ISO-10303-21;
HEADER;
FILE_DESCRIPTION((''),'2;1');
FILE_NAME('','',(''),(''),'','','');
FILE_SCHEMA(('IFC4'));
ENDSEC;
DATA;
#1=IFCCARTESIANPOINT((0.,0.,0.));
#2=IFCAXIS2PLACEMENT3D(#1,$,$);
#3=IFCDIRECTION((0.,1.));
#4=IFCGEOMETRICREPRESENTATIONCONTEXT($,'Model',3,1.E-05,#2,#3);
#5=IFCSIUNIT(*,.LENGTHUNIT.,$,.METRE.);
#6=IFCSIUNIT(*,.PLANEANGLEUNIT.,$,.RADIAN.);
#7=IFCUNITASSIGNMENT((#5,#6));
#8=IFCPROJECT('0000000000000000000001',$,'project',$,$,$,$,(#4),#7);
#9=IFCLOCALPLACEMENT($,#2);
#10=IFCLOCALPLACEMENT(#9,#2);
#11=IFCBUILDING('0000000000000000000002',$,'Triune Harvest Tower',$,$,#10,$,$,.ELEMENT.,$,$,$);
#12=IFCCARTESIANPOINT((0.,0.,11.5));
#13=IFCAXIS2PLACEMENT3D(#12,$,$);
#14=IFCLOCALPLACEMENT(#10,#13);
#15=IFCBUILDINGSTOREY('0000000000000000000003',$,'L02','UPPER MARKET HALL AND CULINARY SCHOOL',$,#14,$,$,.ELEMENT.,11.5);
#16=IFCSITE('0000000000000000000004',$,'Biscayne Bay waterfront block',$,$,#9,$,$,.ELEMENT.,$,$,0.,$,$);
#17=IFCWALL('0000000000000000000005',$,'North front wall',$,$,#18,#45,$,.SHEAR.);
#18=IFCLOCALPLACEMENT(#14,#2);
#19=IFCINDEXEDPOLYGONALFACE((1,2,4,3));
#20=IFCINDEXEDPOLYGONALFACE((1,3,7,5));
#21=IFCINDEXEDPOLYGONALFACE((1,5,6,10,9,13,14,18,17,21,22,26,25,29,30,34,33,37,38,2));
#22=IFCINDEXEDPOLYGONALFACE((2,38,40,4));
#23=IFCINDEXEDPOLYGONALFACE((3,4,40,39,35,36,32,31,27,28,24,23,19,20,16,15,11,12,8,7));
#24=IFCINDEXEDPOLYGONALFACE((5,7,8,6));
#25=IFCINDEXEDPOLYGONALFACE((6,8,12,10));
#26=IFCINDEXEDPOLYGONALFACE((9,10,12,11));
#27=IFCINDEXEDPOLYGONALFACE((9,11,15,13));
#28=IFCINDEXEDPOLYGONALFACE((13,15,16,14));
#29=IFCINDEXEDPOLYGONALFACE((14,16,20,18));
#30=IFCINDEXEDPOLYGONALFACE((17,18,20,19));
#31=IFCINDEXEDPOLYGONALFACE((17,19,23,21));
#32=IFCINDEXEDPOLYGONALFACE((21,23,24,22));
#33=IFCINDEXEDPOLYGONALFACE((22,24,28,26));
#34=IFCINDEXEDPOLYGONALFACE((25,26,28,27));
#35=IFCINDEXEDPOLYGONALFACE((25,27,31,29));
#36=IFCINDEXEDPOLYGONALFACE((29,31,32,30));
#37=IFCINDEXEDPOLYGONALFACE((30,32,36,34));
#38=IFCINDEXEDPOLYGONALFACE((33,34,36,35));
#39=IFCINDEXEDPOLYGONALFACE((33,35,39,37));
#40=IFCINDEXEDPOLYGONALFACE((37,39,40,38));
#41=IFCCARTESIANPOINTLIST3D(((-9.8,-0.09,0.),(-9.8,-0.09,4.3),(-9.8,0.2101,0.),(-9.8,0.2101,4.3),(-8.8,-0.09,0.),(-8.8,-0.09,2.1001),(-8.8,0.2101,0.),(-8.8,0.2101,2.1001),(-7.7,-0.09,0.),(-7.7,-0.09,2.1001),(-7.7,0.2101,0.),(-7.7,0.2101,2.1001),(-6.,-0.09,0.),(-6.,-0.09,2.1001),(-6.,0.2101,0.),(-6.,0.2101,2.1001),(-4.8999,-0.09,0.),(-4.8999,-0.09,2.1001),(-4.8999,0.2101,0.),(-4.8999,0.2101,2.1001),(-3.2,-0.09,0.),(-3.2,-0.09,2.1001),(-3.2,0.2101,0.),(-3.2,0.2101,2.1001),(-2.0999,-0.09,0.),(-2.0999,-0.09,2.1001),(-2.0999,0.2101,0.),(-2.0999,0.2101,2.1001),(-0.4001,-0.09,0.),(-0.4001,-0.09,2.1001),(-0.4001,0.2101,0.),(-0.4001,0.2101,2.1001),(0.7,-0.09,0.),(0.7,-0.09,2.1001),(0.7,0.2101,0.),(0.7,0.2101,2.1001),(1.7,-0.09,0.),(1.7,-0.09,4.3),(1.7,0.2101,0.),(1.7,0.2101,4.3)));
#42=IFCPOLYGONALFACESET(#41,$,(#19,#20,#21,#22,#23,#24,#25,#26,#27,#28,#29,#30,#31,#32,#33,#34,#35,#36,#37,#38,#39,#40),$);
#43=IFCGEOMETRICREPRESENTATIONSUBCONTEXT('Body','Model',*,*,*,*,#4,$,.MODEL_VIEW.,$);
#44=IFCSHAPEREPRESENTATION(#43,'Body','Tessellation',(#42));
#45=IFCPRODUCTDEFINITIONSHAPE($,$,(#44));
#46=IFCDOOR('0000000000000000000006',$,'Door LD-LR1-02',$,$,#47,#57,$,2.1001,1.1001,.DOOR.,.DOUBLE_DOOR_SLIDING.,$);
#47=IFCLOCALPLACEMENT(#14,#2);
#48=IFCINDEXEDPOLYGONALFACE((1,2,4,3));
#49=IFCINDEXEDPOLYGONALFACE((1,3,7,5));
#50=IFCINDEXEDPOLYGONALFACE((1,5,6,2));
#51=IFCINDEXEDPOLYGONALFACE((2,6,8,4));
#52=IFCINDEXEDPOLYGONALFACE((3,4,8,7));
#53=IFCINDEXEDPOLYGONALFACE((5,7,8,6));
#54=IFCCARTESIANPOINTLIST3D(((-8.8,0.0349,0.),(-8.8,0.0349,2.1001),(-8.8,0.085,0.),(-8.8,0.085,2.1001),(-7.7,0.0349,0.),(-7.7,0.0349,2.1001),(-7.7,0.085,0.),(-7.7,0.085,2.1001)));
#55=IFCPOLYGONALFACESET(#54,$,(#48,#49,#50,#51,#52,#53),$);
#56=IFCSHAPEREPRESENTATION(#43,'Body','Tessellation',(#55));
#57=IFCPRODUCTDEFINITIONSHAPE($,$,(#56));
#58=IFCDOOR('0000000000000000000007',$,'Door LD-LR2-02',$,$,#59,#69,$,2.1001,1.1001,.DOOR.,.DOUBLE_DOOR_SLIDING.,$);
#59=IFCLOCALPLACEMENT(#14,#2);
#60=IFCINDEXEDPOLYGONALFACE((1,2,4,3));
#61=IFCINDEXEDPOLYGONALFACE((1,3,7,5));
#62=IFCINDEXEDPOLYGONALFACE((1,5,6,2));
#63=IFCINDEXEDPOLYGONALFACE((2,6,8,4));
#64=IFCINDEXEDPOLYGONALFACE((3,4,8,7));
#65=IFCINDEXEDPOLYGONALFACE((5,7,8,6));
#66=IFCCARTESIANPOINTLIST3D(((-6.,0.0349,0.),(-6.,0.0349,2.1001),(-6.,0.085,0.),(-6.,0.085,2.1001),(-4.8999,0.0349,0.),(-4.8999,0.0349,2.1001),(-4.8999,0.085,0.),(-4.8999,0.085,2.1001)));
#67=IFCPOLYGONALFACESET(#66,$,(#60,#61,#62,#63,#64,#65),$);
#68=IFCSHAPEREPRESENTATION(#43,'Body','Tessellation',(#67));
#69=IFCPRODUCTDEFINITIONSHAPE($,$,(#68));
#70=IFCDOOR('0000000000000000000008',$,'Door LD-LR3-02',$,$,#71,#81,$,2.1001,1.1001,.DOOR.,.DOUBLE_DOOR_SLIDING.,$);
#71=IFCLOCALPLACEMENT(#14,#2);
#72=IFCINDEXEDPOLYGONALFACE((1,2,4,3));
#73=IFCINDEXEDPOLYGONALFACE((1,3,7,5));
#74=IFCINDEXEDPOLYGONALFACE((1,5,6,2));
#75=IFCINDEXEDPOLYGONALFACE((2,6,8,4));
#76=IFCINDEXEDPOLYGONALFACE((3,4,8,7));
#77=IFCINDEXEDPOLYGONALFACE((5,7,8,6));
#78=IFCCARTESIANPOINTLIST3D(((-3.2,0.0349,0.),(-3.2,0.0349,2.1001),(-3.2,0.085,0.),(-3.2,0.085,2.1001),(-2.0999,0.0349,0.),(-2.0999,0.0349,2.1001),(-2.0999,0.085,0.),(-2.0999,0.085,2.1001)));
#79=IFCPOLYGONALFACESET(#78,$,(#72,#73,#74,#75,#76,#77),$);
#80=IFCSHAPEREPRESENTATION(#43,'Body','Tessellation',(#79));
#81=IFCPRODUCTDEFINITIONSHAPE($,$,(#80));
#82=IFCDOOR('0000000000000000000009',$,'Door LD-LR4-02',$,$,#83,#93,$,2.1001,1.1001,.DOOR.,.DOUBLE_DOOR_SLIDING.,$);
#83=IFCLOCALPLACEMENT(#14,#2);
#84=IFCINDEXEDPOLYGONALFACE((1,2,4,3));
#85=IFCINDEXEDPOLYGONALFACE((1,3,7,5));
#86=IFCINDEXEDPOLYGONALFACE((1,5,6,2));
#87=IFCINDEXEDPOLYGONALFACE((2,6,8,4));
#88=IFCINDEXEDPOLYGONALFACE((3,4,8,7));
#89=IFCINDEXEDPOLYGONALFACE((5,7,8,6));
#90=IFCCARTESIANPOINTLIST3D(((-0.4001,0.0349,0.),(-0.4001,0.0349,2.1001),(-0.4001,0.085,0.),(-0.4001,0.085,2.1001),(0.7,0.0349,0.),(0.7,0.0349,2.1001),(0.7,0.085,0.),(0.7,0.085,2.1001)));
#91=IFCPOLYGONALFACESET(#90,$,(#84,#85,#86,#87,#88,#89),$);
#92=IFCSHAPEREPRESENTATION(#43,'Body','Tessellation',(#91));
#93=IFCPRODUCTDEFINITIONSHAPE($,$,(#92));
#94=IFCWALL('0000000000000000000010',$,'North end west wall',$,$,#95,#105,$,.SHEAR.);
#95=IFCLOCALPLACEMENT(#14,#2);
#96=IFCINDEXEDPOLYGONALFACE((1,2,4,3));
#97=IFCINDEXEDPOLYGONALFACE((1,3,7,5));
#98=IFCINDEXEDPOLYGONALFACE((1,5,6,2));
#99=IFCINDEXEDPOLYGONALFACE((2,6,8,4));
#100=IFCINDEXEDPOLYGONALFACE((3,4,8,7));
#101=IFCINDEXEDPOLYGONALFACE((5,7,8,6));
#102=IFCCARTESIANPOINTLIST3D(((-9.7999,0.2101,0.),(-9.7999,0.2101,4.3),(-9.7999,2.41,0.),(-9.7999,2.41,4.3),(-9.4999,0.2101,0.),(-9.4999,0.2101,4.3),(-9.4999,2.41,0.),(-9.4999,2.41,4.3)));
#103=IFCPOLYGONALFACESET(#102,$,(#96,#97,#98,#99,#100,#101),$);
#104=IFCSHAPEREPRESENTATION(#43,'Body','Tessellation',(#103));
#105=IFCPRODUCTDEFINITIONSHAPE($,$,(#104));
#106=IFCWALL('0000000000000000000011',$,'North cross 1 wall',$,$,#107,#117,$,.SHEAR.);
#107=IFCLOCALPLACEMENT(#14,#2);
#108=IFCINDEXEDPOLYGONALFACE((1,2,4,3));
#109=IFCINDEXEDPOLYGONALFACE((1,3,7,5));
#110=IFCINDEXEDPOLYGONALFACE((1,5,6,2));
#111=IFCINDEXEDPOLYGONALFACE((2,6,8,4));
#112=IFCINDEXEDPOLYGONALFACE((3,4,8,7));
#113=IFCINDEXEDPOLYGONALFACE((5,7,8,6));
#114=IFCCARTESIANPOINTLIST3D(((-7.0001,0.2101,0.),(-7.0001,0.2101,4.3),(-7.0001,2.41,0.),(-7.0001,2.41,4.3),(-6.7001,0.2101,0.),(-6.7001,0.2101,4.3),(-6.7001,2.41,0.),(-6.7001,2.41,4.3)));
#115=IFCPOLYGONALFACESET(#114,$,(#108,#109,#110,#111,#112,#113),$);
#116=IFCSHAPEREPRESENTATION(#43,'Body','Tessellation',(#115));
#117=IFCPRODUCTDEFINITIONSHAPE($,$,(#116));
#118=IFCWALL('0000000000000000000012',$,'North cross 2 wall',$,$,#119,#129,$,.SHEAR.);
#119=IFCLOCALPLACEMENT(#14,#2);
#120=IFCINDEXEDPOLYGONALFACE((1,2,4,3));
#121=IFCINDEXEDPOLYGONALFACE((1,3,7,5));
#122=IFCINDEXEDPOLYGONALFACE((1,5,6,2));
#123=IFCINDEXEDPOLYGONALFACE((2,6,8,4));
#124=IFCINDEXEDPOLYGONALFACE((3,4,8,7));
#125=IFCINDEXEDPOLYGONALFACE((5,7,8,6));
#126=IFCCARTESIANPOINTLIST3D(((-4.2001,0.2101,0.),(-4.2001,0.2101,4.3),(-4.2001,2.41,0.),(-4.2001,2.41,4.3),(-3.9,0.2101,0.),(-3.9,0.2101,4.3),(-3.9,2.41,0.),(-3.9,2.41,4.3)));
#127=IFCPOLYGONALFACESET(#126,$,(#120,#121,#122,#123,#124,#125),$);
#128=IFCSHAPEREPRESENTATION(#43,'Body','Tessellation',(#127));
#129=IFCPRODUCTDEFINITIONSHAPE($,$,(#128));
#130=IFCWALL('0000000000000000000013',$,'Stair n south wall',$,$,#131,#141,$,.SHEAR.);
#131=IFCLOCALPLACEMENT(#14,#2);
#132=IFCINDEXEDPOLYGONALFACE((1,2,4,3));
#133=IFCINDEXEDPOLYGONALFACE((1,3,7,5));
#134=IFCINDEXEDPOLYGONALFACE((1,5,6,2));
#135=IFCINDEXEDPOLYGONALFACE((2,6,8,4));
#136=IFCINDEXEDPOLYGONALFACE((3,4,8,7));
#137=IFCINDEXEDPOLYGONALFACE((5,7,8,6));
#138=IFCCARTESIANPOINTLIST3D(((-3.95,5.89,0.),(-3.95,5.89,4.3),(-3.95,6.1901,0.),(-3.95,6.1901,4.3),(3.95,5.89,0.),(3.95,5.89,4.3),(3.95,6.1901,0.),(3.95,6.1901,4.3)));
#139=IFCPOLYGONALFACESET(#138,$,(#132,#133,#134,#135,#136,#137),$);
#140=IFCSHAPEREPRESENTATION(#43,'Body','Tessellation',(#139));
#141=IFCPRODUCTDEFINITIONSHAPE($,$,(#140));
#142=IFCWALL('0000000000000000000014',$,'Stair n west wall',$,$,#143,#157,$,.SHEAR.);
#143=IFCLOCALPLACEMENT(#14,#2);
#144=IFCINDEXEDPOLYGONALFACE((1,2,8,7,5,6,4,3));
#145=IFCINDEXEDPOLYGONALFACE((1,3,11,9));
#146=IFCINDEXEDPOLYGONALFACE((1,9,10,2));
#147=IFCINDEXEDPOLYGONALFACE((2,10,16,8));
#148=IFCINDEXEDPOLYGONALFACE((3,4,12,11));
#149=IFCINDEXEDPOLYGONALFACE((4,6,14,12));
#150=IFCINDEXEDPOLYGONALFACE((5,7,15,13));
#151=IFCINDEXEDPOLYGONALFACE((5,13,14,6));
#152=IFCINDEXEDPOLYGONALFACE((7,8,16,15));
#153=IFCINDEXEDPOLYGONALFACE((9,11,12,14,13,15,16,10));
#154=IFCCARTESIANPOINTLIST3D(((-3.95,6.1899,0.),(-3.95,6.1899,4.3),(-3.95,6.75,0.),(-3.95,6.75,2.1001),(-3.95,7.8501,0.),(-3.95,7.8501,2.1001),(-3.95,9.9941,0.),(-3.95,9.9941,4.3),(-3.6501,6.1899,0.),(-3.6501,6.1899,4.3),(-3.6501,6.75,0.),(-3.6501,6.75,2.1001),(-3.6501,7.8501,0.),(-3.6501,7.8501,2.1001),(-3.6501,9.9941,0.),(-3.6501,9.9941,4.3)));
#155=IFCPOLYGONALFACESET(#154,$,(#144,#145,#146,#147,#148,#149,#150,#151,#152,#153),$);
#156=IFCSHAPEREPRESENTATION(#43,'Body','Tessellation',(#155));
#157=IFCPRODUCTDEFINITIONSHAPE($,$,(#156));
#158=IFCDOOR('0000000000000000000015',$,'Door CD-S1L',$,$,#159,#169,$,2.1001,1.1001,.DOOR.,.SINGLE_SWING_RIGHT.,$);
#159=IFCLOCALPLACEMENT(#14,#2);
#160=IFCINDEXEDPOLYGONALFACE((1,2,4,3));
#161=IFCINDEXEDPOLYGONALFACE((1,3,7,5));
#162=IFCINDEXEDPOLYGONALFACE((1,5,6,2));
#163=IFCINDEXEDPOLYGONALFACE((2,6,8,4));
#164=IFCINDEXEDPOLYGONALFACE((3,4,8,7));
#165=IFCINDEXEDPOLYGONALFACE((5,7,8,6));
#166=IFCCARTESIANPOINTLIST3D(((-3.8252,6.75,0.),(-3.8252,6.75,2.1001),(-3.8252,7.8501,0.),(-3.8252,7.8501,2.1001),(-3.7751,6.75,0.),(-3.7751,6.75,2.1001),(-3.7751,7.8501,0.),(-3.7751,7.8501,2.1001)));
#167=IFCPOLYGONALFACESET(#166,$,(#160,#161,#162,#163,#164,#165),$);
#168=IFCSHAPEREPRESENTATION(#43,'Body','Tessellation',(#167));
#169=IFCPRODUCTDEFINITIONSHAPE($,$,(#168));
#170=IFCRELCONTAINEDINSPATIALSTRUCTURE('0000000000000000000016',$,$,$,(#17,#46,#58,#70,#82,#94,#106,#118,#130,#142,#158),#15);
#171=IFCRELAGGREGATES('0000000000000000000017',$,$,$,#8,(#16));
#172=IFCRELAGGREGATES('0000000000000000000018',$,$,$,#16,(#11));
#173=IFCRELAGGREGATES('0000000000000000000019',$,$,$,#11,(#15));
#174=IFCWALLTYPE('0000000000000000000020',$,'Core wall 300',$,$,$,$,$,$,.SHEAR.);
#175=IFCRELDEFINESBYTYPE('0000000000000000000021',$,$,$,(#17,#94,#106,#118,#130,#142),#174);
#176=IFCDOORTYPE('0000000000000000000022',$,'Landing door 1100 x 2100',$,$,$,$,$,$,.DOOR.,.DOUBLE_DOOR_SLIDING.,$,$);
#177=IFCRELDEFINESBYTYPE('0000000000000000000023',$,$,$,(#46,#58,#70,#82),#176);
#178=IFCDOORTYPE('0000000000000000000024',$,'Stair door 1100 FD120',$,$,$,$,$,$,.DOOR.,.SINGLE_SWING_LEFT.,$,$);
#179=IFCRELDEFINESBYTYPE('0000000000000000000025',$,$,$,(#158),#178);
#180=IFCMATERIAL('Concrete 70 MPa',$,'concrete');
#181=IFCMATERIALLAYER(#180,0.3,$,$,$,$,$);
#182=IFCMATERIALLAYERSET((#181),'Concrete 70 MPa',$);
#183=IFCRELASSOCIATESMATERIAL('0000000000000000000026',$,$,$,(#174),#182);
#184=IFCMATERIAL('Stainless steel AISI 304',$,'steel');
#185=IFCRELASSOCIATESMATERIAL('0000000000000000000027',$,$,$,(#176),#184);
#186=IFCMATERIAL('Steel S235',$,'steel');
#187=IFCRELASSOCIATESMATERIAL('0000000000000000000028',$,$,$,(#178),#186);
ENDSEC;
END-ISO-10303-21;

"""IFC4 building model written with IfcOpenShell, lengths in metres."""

from ifc_helpers import new_model, si_unit, direction, frame, frame_2d, origin, place, context, subcontext, project, spatial, polyline, rectangle, outline, extrude, source, transform, mapped, material, layer, layer_set, type_object, element, fill, save


model = new_model("IFC4")

# Units and contexts
model_context = context("Model", 3, precision=1e-05, world=origin(), true_north=direction((0.0, 1.0)))
body_context = subcontext(model_context, "Body", "Model", "MODEL_VIEW")
ifc_project = project(units=[si_unit("LENGTHUNIT", "METRE"), si_unit("PLANEANGLEUNIT", "RADIAN")], contexts=[model_context])

# Site, building, storey
site_placement = place(None, origin())
site = spatial("IfcSite", under=ifc_project, at=site_placement, Name="Biscayne Bay waterfront block", CompositionType="ELEMENT", RefElevation=0.0)
building_placement = place(site_placement, origin())
building = spatial("IfcBuilding", under=site, at=building_placement, Name="Triune Harvest Tower", CompositionType="ELEMENT")
storey_placement = place(building_placement, frame((0.0, 0.0, 11.5)))
storey = spatial("IfcBuildingStorey", under=building, at=storey_placement, Name="L02", Description="UPPER MARKET HALL AND CULINARY SCHOOL", CompositionType="ELEMENT", Elevation=11.5)

# Wall, openings, doors
ifc_material_1 = material(Name="Concrete 70 MPa", Category="concrete")
ifc_layer_1 = layer(ifc_material_1, 0.3)
ifc_layer_set_1 = layer_set([ifc_layer_1], Name="Concrete 70 MPa")
wall_type_1 = type_object("IfcWallType", Name="Core wall 300", PredefinedType="SHEAR", material=ifc_layer_set_1)
shared_shape_1 = source(origin(), body_context, "Body", "SweptSolid", [
    extrude(rectangle(XDim=11.5, YDim=0.3, at=frame_2d((5.75, 0.0))), origin(), (0.0, 0.0, 1.0), 4.3),
])
wall_1_placement = place(storey_placement, frame((-9.8, 0.0601, 0.0), z_axis=(0.0, 0.0, 1.0), x_axis=(1.0, 0.0, 0.0)))
wall_1 = element("IfcWall", 1, at=wall_1_placement, inside=storey, type_object=wall_type_1, Name="North front wall", PredefinedType="SHEAR", context=body_context, shape_type="MappedRepresentation", body=[
    mapped(shared_shape_1, transform((0.0, 0.0, 0.0), scale=1.0)),
])
opening_1_placement = place(wall_1_placement, frame((1.0, 0.0, 0.0)))
opening_1 = element("IfcOpeningElement", 2, at=opening_1_placement, cuts=wall_1, PredefinedType="OPENING", context=body_context, shape_type="SweptSolid", body=[
    extrude(rectangle(XDim=1.1001, YDim=2.1001, at=frame_2d((0.55, 1.05))), frame((0.0, 0.1602, 0.0), z_axis=(0.0, -1.0, 0.0), x_axis=(1.0, 0.0, 0.0)), (0.0, 0.0, 1.0), 0.3201),
])
opening_2_placement = place(wall_1_placement, frame((3.8, 0.0, 0.0)))
opening_2 = element("IfcOpeningElement", 3, at=opening_2_placement, cuts=wall_1, PredefinedType="OPENING", context=body_context, shape_type="SweptSolid", body=[
    extrude(rectangle(XDim=1.1001, YDim=2.1001, at=frame_2d((0.55, 1.05))), frame((0.0, 0.1602, 0.0), z_axis=(0.0, -1.0, 0.0), x_axis=(1.0, 0.0, 0.0)), (0.0, 0.0, 1.0), 0.3201),
])
opening_3_placement = place(wall_1_placement, frame((6.6001, 0.0, 0.0)))
opening_3 = element("IfcOpeningElement", 4, at=opening_3_placement, cuts=wall_1, PredefinedType="OPENING", context=body_context, shape_type="SweptSolid", body=[
    extrude(rectangle(XDim=1.1001, YDim=2.1001, at=frame_2d((0.55, 1.05))), frame((0.0, 0.1602, 0.0), z_axis=(0.0, -1.0, 0.0), x_axis=(1.0, 0.0, 0.0)), (0.0, 0.0, 1.0), 0.3201),
])
opening_4_placement = place(wall_1_placement, frame((9.3999, 0.0, 0.0)))
opening_4 = element("IfcOpeningElement", 5, at=opening_4_placement, cuts=wall_1, PredefinedType="OPENING", context=body_context, shape_type="SweptSolid", body=[
    extrude(rectangle(XDim=1.1001, YDim=2.1001, at=frame_2d((0.55, 1.05))), frame((0.0, 0.1602, 0.0), z_axis=(0.0, -1.0, 0.0), x_axis=(1.0, 0.0, 0.0)), (0.0, 0.0, 1.0), 0.3201),
])
ifc_material_2 = material(Name="Stainless steel AISI 304", Category="steel")
door_type_1 = type_object("IfcDoorType", Name="Landing door 1100 x 2100", OperationType="DOUBLE_DOOR_SLIDING", PredefinedType="DOOR", material=ifc_material_2)
door_1_placement = place(opening_1_placement, origin())
door_1 = element("IfcDoor", 6, at=door_1_placement, inside=storey, type_object=door_type_1, Name="Door LD-LR1-02", OperationType="DOUBLE_DOOR_SLIDING", OverallHeight=2.1001, OverallWidth=1.1001, PredefinedType="DOOR", context=body_context, shape_type="SweptSolid", body=[
    extrude(rectangle(XDim=1.1001, YDim=2.1001, at=frame_2d((0.55, 1.05))), frame((0.0, 0.0249, 0.0), z_axis=(0.0, -1.0, 0.0), x_axis=(1.0, 0.0, 0.0)), (0.0, 0.0, 1.0), 0.05),
])
fill(opening_1, door_1)
door_2_placement = place(opening_2_placement, origin())
door_2 = element("IfcDoor", 7, at=door_2_placement, inside=storey, type_object=door_type_1, Name="Door LD-LR2-02", OperationType="DOUBLE_DOOR_SLIDING", OverallHeight=2.1001, OverallWidth=1.1001, PredefinedType="DOOR", context=body_context, shape_type="SweptSolid", body=[
    extrude(rectangle(XDim=1.1001, YDim=2.1001, at=frame_2d((0.55, 1.05))), frame((0.0, 0.0249, 0.0), z_axis=(0.0, -1.0, 0.0), x_axis=(1.0, 0.0, 0.0)), (0.0, 0.0, 1.0), 0.05),
])
fill(opening_2, door_2)
door_3_placement = place(opening_3_placement, origin())
door_3 = element("IfcDoor", 8, at=door_3_placement, inside=storey, type_object=door_type_1, Name="Door LD-LR3-02", OperationType="DOUBLE_DOOR_SLIDING", OverallHeight=2.1001, OverallWidth=1.1001, PredefinedType="DOOR", context=body_context, shape_type="SweptSolid", body=[
    extrude(rectangle(XDim=1.1001, YDim=2.1001, at=frame_2d((0.55, 1.05))), frame((0.0, 0.0249, 0.0), z_axis=(0.0, -1.0, 0.0), x_axis=(1.0, 0.0, 0.0)), (0.0, 0.0, 1.0), 0.05),
])
fill(opening_3, door_3)
door_4_placement = place(opening_4_placement, origin())
door_4 = element("IfcDoor", 9, at=door_4_placement, inside=storey, type_object=door_type_1, Name="Door LD-LR4-02", OperationType="DOUBLE_DOOR_SLIDING", OverallHeight=2.1001, OverallWidth=1.1001, PredefinedType="DOOR", context=body_context, shape_type="SweptSolid", body=[
    extrude(rectangle(XDim=1.1001, YDim=2.1001, at=frame_2d((0.55, 1.05))), frame((0.0, 0.0249, 0.0), z_axis=(0.0, -1.0, 0.0), x_axis=(1.0, 0.0, 0.0)), (0.0, 0.0, 1.0), 0.05),
])
fill(opening_4, door_4)

# Walls
shared_shape_2 = source(origin(), body_context, "Body", "SweptSolid", [
    extrude(rectangle(XDim=2.2, YDim=0.3, at=frame_2d((1.1001, 0.0))), origin(), (0.0, 0.0, 1.0), 4.3),
])
for number, where, z_axis, x_axis, name in (
    (10, (-9.6499, 0.21, 0.0), (0.0, 0.0, 1.0), (0.0, 1.0, 0.0), "North end west wall"),
    (11, (-6.8501, 0.21, 0.0), (0.0, 0.0, 1.0), (0.0, 1.0, 0.0), "North cross 1 wall"),
    (12, (-4.05, 0.21, 0.0), (0.0, 0.0, 1.0), (0.0, 1.0, 0.0), "North cross 2 wall"),
):
    element("IfcWall", number, at=place(storey_placement, frame(where, z_axis=z_axis, x_axis=x_axis)), inside=storey, type_object=wall_type_1, Name=name, PredefinedType="SHEAR", context=body_context, shape_type="MappedRepresentation", body=[
        mapped(shared_shape_2, transform((0.0, 0.0, 0.0), scale=1.0)),
    ])
shared_shape_3 = source(origin(), body_context, "Body", "SweptSolid", [
    extrude(rectangle(XDim=7.8999, YDim=0.3, at=frame_2d((3.95, 0.0))), origin(), (0.0, 0.0, 1.0), 4.3),
])
wall_2_placement = place(storey_placement, frame((-3.95, 6.04, 0.0), z_axis=(0.0, 0.0, 1.0), x_axis=(1.0, 0.0, 0.0)))
element("IfcWall", 13, at=wall_2_placement, inside=storey, type_object=wall_type_1, Name="Stair n south wall", PredefinedType="SHEAR", context=body_context, shape_type="MappedRepresentation", body=[
    mapped(shared_shape_3, transform((0.0, 0.0, 0.0), scale=1.0)),
])

# Wall, opening, door
shared_shape_4 = source(origin(), body_context, "Body", "SweptSolid", [
    extrude(outline(polyline([(0.0, -0.1499), (0.0, 0.1499), (3.8042, 0.1499), (3.8042, -0.1499), (0.0, -0.1499)])), origin(), (0.0, 0.0, 1.0), 4.3),
])
wall_3_placement = place(storey_placement, frame((-3.8, 6.1899, 0.0), z_axis=(0.0, 0.0, 1.0), x_axis=(0.0, 1.0, 0.0)))
wall_3 = element("IfcWall", 14, at=wall_3_placement, inside=storey, type_object=wall_type_1, Name="Stair n west wall", PredefinedType="SHEAR", context=body_context, shape_type="MappedRepresentation", body=[
    mapped(shared_shape_4, transform((0.0, 0.0, 0.0), scale=1.0)),
])
opening_5_placement = place(wall_3_placement, frame((0.5601, 0.0, 0.0)))
opening_5 = element("IfcOpeningElement", 15, at=opening_5_placement, cuts=wall_3, PredefinedType="OPENING", context=body_context, shape_type="SweptSolid", body=[
    extrude(rectangle(XDim=1.1001, YDim=2.1001, at=frame_2d((0.55, 1.05))), frame((0.0, 0.1602, 0.0), z_axis=(0.0, -1.0, 0.0), x_axis=(1.0, 0.0, 0.0)), (0.0, 0.0, 1.0), 0.3201),
])
ifc_material_3 = material(Name="Steel S235", Category="steel")
door_type_2 = type_object("IfcDoorType", Name="Stair door 1100 FD120", OperationType="SINGLE_SWING_LEFT", PredefinedType="DOOR", material=ifc_material_3)
door_5_placement = place(opening_5_placement, frame((1.1001, 0.0, 0.0), z_axis=(0.0, 0.0, 1.0), x_axis=(-1.0, 0.0, 0.0)))
door_5 = element("IfcDoor", 16, at=door_5_placement, inside=storey, type_object=door_type_2, Name="Door CD-S1L", OperationType="SINGLE_SWING_RIGHT", OverallHeight=2.1001, OverallWidth=1.1001, PredefinedType="DOOR", context=body_context, shape_type="SweptSolid", body=[
    extrude(rectangle(XDim=1.1001, YDim=2.1001, at=frame_2d((0.55, 1.05))), frame((0.0, 0.0249, 0.0), z_axis=(0.0, -1.0, 0.0), x_axis=(1.0, 0.0, 0.0)), (0.0, 0.0, 1.0), 0.05),
])
fill(opening_5, door_5)

save(model, "model.ifc")
